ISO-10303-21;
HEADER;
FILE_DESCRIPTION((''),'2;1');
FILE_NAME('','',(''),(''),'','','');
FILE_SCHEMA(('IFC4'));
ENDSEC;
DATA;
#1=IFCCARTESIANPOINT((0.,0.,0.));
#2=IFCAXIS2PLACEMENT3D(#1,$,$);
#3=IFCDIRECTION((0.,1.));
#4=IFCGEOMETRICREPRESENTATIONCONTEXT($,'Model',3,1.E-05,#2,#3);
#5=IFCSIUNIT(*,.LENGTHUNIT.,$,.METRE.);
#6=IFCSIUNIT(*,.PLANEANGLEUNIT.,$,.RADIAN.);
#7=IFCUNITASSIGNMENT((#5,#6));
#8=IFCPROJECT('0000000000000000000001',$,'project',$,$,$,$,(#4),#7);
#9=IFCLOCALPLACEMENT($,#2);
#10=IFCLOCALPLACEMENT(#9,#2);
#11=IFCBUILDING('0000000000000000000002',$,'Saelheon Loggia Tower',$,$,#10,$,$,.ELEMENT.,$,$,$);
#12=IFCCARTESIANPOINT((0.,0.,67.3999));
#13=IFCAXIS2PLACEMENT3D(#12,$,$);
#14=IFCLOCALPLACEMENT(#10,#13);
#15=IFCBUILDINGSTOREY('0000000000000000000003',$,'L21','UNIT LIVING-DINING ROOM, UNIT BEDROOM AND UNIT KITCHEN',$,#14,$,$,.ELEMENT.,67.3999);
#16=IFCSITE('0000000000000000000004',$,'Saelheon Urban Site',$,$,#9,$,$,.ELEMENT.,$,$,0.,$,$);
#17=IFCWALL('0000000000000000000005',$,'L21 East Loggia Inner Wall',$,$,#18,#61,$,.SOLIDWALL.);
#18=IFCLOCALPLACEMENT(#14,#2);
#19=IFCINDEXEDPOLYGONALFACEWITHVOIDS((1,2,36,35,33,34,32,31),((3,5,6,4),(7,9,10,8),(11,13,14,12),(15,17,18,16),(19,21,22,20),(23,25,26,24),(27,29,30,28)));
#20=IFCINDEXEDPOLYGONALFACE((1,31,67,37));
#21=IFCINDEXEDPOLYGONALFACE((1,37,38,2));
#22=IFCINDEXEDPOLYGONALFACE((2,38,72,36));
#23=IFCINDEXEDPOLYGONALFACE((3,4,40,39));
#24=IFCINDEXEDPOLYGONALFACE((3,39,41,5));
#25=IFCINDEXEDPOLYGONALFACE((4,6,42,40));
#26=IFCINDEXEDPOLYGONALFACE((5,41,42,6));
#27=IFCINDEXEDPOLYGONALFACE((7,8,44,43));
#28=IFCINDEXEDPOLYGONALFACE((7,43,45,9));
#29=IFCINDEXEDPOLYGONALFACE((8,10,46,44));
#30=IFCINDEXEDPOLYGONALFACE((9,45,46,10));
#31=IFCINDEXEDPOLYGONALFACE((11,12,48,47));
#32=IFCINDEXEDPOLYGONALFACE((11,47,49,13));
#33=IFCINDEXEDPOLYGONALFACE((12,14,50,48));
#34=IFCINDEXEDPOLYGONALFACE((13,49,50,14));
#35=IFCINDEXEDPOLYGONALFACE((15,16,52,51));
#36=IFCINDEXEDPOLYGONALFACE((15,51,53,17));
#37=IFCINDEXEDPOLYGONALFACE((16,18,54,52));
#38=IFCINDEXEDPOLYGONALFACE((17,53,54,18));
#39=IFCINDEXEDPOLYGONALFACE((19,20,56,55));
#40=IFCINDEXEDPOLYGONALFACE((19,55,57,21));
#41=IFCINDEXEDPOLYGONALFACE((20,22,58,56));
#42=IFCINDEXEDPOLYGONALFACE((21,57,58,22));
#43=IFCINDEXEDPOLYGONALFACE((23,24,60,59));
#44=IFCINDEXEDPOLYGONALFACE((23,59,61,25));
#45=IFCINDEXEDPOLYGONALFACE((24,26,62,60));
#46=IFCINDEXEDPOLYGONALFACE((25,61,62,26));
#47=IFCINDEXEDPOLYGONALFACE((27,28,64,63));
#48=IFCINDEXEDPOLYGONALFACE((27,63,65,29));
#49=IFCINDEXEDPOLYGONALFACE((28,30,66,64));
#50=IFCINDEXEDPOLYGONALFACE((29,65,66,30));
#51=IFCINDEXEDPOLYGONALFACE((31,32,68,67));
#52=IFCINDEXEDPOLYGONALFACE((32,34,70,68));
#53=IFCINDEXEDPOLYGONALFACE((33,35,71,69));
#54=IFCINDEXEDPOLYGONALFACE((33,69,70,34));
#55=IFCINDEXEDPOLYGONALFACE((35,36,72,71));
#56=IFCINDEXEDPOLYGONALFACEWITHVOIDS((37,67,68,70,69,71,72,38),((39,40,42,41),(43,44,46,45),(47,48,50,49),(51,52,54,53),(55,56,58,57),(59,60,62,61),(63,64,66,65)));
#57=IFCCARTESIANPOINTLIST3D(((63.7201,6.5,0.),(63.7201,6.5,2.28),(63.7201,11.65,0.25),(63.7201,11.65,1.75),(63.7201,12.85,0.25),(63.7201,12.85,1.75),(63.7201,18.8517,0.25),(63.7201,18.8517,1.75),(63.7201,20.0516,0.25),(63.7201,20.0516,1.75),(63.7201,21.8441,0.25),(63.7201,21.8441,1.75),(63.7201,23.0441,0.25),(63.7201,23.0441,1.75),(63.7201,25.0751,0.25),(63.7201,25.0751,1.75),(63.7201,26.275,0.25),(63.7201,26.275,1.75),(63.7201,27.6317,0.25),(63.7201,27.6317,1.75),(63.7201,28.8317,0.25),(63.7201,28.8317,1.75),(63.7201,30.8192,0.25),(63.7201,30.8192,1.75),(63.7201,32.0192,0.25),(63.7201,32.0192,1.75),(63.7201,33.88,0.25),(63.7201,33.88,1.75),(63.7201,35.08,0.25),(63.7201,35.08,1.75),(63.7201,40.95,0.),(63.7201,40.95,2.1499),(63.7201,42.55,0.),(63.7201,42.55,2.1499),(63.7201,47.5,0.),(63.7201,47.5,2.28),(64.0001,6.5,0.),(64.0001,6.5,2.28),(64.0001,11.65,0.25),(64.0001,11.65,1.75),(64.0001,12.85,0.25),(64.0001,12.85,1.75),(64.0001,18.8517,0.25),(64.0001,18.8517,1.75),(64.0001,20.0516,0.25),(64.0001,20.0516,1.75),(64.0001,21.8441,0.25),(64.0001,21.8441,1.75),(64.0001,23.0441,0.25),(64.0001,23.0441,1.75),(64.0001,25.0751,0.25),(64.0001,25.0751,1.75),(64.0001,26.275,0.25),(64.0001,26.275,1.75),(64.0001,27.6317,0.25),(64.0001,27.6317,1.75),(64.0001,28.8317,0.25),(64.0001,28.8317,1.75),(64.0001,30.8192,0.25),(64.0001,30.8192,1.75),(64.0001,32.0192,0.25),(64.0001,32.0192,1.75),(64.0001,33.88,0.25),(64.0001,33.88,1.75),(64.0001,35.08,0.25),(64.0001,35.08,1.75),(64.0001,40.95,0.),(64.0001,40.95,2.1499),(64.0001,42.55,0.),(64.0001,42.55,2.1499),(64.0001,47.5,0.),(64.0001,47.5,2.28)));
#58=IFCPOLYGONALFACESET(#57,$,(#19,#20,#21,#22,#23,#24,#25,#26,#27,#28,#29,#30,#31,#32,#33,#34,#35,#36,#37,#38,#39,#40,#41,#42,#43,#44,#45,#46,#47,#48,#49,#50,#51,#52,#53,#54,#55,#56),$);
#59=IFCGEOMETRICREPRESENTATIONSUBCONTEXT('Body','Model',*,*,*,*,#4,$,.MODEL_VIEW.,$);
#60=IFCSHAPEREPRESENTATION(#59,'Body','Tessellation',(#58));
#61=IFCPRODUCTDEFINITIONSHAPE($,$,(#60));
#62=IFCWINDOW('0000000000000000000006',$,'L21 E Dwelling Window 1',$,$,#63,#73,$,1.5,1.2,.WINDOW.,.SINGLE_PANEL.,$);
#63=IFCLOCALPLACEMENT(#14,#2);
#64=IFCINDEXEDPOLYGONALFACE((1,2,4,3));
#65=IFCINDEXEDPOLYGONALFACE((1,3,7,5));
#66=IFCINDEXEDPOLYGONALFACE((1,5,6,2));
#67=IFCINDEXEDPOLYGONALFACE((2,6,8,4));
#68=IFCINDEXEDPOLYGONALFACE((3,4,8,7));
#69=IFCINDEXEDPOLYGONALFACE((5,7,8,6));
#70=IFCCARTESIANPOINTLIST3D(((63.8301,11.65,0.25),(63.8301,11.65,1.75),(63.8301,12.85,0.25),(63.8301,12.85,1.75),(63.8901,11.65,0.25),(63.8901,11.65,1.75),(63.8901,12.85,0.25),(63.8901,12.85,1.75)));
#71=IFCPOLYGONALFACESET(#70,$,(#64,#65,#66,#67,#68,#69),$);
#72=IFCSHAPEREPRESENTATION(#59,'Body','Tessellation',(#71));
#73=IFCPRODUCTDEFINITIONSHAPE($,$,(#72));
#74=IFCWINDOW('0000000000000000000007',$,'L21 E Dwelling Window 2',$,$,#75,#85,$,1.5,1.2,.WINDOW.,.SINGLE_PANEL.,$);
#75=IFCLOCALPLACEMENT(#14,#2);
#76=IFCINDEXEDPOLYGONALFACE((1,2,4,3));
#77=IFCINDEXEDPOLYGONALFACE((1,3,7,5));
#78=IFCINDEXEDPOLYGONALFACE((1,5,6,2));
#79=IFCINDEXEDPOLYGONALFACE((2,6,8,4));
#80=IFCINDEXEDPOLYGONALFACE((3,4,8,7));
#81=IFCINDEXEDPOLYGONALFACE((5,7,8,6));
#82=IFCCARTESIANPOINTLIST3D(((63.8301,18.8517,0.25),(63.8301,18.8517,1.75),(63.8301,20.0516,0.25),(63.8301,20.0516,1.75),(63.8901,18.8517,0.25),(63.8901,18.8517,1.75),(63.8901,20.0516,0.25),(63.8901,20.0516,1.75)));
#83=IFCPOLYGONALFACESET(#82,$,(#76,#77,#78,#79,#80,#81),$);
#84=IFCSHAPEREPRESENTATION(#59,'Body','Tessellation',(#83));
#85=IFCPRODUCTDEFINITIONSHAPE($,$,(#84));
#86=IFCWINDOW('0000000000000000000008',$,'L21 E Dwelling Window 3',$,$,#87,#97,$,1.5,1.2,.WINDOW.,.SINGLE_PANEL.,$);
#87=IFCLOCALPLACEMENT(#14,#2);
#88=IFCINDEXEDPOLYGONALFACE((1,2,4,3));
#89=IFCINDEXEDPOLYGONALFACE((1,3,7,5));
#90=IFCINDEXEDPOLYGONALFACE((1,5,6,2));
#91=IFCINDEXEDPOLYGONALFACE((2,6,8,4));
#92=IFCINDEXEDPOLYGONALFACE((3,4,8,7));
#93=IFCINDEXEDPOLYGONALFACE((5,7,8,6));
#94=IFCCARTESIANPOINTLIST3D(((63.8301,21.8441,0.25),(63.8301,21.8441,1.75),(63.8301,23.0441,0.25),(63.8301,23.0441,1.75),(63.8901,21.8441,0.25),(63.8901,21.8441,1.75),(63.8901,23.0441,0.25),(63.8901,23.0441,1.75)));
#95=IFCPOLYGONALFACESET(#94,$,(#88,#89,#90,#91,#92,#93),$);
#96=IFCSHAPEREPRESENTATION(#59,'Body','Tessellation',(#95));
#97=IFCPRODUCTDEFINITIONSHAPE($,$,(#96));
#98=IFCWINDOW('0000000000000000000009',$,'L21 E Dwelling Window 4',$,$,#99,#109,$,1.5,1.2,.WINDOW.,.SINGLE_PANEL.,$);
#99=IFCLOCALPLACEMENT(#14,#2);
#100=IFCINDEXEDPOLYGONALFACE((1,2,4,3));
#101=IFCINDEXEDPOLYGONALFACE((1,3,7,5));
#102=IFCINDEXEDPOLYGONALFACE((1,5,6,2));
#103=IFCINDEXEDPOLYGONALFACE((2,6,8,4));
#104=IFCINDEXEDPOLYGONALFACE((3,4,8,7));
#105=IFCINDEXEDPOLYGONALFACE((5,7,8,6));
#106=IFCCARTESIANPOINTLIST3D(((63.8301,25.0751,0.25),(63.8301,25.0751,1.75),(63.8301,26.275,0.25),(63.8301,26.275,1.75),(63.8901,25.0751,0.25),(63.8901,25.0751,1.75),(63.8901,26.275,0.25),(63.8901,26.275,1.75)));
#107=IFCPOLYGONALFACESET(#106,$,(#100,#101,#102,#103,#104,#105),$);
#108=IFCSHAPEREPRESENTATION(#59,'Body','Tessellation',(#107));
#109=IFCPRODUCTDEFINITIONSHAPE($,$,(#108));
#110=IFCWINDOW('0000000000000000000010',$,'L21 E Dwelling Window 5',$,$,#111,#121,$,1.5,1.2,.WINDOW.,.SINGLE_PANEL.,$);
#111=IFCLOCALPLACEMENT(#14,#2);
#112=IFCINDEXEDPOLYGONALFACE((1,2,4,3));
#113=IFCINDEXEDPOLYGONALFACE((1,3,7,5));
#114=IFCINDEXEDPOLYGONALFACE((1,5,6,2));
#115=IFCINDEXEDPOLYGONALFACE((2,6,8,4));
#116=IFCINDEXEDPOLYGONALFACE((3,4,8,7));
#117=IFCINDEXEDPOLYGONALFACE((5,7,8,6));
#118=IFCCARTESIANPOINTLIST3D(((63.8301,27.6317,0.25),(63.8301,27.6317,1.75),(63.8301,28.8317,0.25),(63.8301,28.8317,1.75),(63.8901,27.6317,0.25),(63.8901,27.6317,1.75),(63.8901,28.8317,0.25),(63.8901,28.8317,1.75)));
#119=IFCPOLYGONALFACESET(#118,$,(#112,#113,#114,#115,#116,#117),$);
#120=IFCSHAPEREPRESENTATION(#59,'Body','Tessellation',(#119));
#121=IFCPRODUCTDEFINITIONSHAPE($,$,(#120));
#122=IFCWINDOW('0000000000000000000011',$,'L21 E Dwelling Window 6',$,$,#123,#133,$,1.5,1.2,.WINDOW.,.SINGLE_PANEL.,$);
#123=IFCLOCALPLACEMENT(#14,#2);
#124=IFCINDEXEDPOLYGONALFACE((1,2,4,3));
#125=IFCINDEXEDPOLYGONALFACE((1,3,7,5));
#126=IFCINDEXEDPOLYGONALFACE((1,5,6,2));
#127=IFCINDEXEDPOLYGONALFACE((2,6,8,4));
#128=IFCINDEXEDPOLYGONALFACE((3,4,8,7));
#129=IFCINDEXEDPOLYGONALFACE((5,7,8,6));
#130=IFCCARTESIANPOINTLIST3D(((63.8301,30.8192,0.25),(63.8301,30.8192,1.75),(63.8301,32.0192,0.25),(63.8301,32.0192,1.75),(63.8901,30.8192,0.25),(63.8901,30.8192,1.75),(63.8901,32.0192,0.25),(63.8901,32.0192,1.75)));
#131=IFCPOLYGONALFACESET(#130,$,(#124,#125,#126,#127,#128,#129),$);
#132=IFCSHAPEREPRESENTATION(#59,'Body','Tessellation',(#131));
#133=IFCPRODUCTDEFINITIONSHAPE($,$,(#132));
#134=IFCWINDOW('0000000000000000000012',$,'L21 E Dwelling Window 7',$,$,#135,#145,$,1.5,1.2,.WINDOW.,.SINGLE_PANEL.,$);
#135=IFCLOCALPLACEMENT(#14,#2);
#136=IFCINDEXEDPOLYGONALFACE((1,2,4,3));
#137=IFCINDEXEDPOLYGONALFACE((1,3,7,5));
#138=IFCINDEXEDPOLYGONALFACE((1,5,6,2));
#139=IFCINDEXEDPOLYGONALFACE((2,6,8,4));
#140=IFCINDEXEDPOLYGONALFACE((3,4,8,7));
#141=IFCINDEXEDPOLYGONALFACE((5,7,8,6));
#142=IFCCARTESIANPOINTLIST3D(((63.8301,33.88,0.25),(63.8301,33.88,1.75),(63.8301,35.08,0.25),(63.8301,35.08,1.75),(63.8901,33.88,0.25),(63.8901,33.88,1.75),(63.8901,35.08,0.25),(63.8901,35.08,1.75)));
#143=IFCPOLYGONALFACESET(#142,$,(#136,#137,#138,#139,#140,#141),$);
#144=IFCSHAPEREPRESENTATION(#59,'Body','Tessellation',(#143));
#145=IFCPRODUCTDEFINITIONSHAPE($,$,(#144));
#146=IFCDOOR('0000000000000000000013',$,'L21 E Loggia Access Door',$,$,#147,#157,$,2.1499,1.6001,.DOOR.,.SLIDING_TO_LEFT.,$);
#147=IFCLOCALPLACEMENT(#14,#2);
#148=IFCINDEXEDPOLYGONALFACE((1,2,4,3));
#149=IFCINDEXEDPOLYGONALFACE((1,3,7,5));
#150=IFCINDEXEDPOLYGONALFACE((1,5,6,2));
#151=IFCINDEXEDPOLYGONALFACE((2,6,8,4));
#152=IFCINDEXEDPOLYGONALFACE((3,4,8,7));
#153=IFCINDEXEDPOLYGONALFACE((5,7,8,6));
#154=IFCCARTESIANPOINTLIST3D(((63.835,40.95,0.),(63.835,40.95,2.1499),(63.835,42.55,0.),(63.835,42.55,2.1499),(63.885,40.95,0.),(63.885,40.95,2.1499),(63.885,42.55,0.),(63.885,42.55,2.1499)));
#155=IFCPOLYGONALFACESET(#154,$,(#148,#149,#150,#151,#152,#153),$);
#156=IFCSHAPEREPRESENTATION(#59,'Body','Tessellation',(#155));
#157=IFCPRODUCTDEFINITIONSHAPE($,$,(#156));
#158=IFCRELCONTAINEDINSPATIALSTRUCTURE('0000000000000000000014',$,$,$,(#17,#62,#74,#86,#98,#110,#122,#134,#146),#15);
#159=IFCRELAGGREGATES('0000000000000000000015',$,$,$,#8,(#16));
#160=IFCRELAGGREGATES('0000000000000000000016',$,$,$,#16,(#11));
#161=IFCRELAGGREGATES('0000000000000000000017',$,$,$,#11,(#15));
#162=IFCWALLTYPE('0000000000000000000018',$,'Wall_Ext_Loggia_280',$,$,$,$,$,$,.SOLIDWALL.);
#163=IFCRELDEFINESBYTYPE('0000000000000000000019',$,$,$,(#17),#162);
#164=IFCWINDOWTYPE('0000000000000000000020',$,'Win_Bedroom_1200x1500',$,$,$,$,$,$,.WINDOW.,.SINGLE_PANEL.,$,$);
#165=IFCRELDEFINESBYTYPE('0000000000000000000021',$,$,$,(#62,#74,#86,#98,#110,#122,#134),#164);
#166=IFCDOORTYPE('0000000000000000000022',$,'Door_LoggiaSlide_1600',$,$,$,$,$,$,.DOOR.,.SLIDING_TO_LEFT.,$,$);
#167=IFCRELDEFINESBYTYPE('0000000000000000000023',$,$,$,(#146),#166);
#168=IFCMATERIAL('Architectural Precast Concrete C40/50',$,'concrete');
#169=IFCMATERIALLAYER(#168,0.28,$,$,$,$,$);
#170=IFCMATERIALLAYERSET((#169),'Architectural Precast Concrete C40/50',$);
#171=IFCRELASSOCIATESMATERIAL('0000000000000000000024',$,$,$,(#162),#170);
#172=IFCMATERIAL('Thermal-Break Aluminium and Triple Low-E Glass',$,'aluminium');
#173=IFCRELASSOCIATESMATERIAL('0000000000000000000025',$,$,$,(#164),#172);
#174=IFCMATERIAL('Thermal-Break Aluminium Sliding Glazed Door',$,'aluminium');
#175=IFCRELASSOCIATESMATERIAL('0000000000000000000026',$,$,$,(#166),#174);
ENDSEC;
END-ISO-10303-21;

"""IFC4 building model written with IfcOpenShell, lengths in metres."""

from ifc_helpers import new_model, si_unit, direction, frame, frame_2d, origin, place, context, subcontext, project, spatial, rectangle, extrude, source, transform, mapped, material, layer, layer_set, type_object, element, fill, save


model = new_model("IFC4")

# Units and contexts
model_context = context("Model", 3, precision=1e-05, world=origin(), true_north=direction((0.0, 1.0)))
body_context = subcontext(model_context, "Body", "Model", "MODEL_VIEW")
ifc_project = project(units=[si_unit("LENGTHUNIT", "METRE"), si_unit("PLANEANGLEUNIT", "RADIAN")], contexts=[model_context])

# Site, building, storey
site_placement = place(None, origin())
site = spatial("IfcSite", under=ifc_project, at=site_placement, Name="Saelheon Urban Site", CompositionType="ELEMENT", RefElevation=0.0)
building_placement = place(site_placement, origin())
building = spatial("IfcBuilding", under=site, at=building_placement, Name="Saelheon Loggia Tower", CompositionType="ELEMENT")
storey_placement = place(building_placement, frame((0.0, 0.0, 67.3999)))
storey = spatial("IfcBuildingStorey", under=building, at=storey_placement, Name="L21", Description="UNIT LIVING-DINING ROOM, UNIT BEDROOM AND UNIT KITCHEN", CompositionType="ELEMENT", Elevation=67.3999)

# Wall, openings, windows, door
ifc_material_1 = material(Name="Architectural Precast Concrete C40/50", Category="concrete")
ifc_layer_1 = layer(ifc_material_1, 0.28)
ifc_layer_set_1 = layer_set([ifc_layer_1], Name="Architectural Precast Concrete C40/50")
wall_type_1 = type_object("IfcWallType", Name="Wall_Ext_Loggia_280", PredefinedType="SOLIDWALL", material=ifc_layer_set_1)
wall_1_placement = place(storey_placement, frame((63.8601, 6.5, 0.0), z_axis=(0.0, 0.0, 1.0), x_axis=(0.0, 1.0, 0.0)))
wall_1 = element("IfcWall", 1, at=wall_1_placement, inside=storey, type_object=wall_type_1, Name="L21 East Loggia Inner Wall", PredefinedType="SOLIDWALL", context=body_context, shape_type="SweptSolid", body=[
    extrude(rectangle(XDim=41.0, YDim=0.28, at=frame_2d((20.5, 0.0))), origin(), (0.0, 0.0, 1.0), 2.28),
])
opening_1_placement = place(wall_1_placement, frame((5.1499, 0.0, 0.25)))
opening_1 = element("IfcOpeningElement", 2, at=opening_1_placement, cuts=wall_1, PredefinedType="OPENING", context=body_context, shape_type="SweptSolid", body=[
    extrude(rectangle(XDim=1.2, YDim=1.5, at=frame_2d((0.6001, 0.75))), frame((0.0, 0.1521, 0.0), z_axis=(0.0, -1.0, 0.0), x_axis=(1.0, 0.0, 0.0)), (0.0, 0.0, 1.0), 0.304),
])
opening_2_placement = place(wall_1_placement, frame((12.3516, 0.0, 0.25)))
opening_2 = element("IfcOpeningElement", 3, at=opening_2_placement, cuts=wall_1, PredefinedType="OPENING", context=body_context, shape_type="SweptSolid", body=[
    extrude(rectangle(XDim=1.2, YDim=1.5, at=frame_2d((0.6001, 0.75))), frame((0.0, 0.1521, 0.0), z_axis=(0.0, -1.0, 0.0), x_axis=(1.0, 0.0, 0.0)), (0.0, 0.0, 1.0), 0.304),
])
opening_3_placement = place(wall_1_placement, frame((15.344, 0.0, 0.25)))
opening_3 = element("IfcOpeningElement", 4, at=opening_3_placement, cuts=wall_1, PredefinedType="OPENING", context=body_context, shape_type="SweptSolid", body=[
    extrude(rectangle(XDim=1.2, YDim=1.5, at=frame_2d((0.6001, 0.75))), frame((0.0, 0.1521, 0.0), z_axis=(0.0, -1.0, 0.0), x_axis=(1.0, 0.0, 0.0)), (0.0, 0.0, 1.0), 0.304),
])
opening_4_placement = place(wall_1_placement, frame((18.575, 0.0, 0.25)))
opening_4 = element("IfcOpeningElement", 5, at=opening_4_placement, cuts=wall_1, PredefinedType="OPENING", context=body_context, shape_type="SweptSolid", body=[
    extrude(rectangle(XDim=1.2, YDim=1.5, at=frame_2d((0.6001, 0.75))), frame((0.0, 0.1521, 0.0), z_axis=(0.0, -1.0, 0.0), x_axis=(1.0, 0.0, 0.0)), (0.0, 0.0, 1.0), 0.304),
])
opening_5_placement = place(wall_1_placement, frame((21.1316, 0.0, 0.25)))
opening_5 = element("IfcOpeningElement", 6, at=opening_5_placement, cuts=wall_1, PredefinedType="OPENING", context=body_context, shape_type="SweptSolid", body=[
    extrude(rectangle(XDim=1.2, YDim=1.5, at=frame_2d((0.6001, 0.75))), frame((0.0, 0.1521, 0.0), z_axis=(0.0, -1.0, 0.0), x_axis=(1.0, 0.0, 0.0)), (0.0, 0.0, 1.0), 0.304),
])
opening_6_placement = place(wall_1_placement, frame((24.3191, 0.0, 0.25)))
opening_6 = element("IfcOpeningElement", 7, at=opening_6_placement, cuts=wall_1, PredefinedType="OPENING", context=body_context, shape_type="SweptSolid", body=[
    extrude(rectangle(XDim=1.2, YDim=1.5, at=frame_2d((0.6001, 0.75))), frame((0.0, 0.1521, 0.0), z_axis=(0.0, -1.0, 0.0), x_axis=(1.0, 0.0, 0.0)), (0.0, 0.0, 1.0), 0.304),
])
opening_7_placement = place(wall_1_placement, frame((27.3799, 0.0, 0.25)))
opening_7 = element("IfcOpeningElement", 8, at=opening_7_placement, cuts=wall_1, PredefinedType="OPENING", context=body_context, shape_type="SweptSolid", body=[
    extrude(rectangle(XDim=1.2, YDim=1.5, at=frame_2d((0.6001, 0.75))), frame((0.0, 0.1521, 0.0), z_axis=(0.0, -1.0, 0.0), x_axis=(1.0, 0.0, 0.0)), (0.0, 0.0, 1.0), 0.304),
])
opening_8_placement = place(wall_1_placement, frame((36.05, 0.0, 0.0), z_axis=(0.0, 0.0, 1.0), x_axis=(-1.0, 0.0, 0.0)))
opening_8 = element("IfcOpeningElement", 9, at=opening_8_placement, cuts=wall_1, PredefinedType="OPENING", context=body_context, shape_type="SweptSolid", body=[
    extrude(rectangle(XDim=1.6001, YDim=2.1499, at=frame_2d((0.8, 1.075))), frame((0.0, 0.1521, 0.0), z_axis=(0.0, -1.0, 0.0), x_axis=(1.0, 0.0, 0.0)), (0.0, 0.0, 1.0), 0.304),
])
ifc_material_2 = material(Name="Thermal-Break Aluminium and Triple Low-E Glass", Category="aluminium")
window_type = type_object("IfcWindowType", Name="Win_Bedroom_1200x1500", PartitioningType="SINGLE_PANEL", PredefinedType="WINDOW", material=ifc_material_2)
shared_shape_1 = source(origin(), body_context, "Body", "SweptSolid", [
    extrude(rectangle(XDim=1.2, YDim=1.5, at=frame_2d((0.6001, 0.75))), frame((0.0, 0.03, 0.0), z_axis=(0.0, -1.0, 0.0), x_axis=(1.0, 0.0, 0.0)), (0.0, 0.0, 1.0), 0.0601),
])
window_1_placement = place(opening_1_placement, origin())
window_1 = element("IfcWindow", 10, at=window_1_placement, inside=storey, type_object=window_type, Name="L21 E Dwelling Window 1", OverallHeight=1.5, OverallWidth=1.2, PartitioningType="SINGLE_PANEL", PredefinedType="WINDOW", context=body_context, shape_type="MappedRepresentation", body=[
    mapped(shared_shape_1, transform((0.0, 0.0, 0.0), scale=1.0)),
])
fill(opening_1, window_1)
window_2_placement = place(opening_2_placement, origin())
window_2 = element("IfcWindow", 11, at=window_2_placement, inside=storey, type_object=window_type, Name="L21 E Dwelling Window 2", OverallHeight=1.5, OverallWidth=1.2, PartitioningType="SINGLE_PANEL", PredefinedType="WINDOW", context=body_context, shape_type="MappedRepresentation", body=[
    mapped(shared_shape_1, transform((0.0, 0.0, 0.0), scale=1.0)),
])
fill(opening_2, window_2)
window_3_placement = place(opening_3_placement, origin())
window_3 = element("IfcWindow", 12, at=window_3_placement, inside=storey, type_object=window_type, Name="L21 E Dwelling Window 3", OverallHeight=1.5, OverallWidth=1.2, PartitioningType="SINGLE_PANEL", PredefinedType="WINDOW", context=body_context, shape_type="MappedRepresentation", body=[
    mapped(shared_shape_1, transform((0.0, 0.0, 0.0), scale=1.0)),
])
fill(opening_3, window_3)
window_4_placement = place(opening_4_placement, origin())
window_4 = element("IfcWindow", 13, at=window_4_placement, inside=storey, type_object=window_type, Name="L21 E Dwelling Window 4", OverallHeight=1.5, OverallWidth=1.2, PartitioningType="SINGLE_PANEL", PredefinedType="WINDOW", context=body_context, shape_type="MappedRepresentation", body=[
    mapped(shared_shape_1, transform((0.0, 0.0, 0.0), scale=1.0)),
])
fill(opening_4, window_4)
window_5_placement = place(opening_5_placement, origin())
window_5 = element("IfcWindow", 14, at=window_5_placement, inside=storey, type_object=window_type, Name="L21 E Dwelling Window 5", OverallHeight=1.5, OverallWidth=1.2, PartitioningType="SINGLE_PANEL", PredefinedType="WINDOW", context=body_context, shape_type="MappedRepresentation", body=[
    mapped(shared_shape_1, transform((0.0, 0.0, 0.0), scale=1.0)),
])
fill(opening_5, window_5)
window_6_placement = place(opening_6_placement, origin())
window_6 = element("IfcWindow", 15, at=window_6_placement, inside=storey, type_object=window_type, Name="L21 E Dwelling Window 6", OverallHeight=1.5, OverallWidth=1.2, PartitioningType="SINGLE_PANEL", PredefinedType="WINDOW", context=body_context, shape_type="MappedRepresentation", body=[
    mapped(shared_shape_1, transform((0.0, 0.0, 0.0), scale=1.0)),
])
fill(opening_6, window_6)
window_7_placement = place(opening_7_placement, origin())
window_7 = element("IfcWindow", 16, at=window_7_placement, inside=storey, type_object=window_type, Name="L21 E Dwelling Window 7", OverallHeight=1.5, OverallWidth=1.2, PartitioningType="SINGLE_PANEL", PredefinedType="WINDOW", context=body_context, shape_type="MappedRepresentation", body=[
    mapped(shared_shape_1, transform((0.0, 0.0, 0.0), scale=1.0)),
])
fill(opening_7, window_7)
ifc_material_3 = material(Name="Thermal-Break Aluminium Sliding Glazed Door", Category="aluminium")
door_type_1 = type_object("IfcDoorType", Name="Door_LoggiaSlide_1600", OperationType="SLIDING_TO_LEFT", PredefinedType="DOOR", material=ifc_material_3)
shared_shape_2 = source(origin(), body_context, "Body", "SweptSolid", [
    extrude(rectangle(XDim=1.6001, YDim=2.1499, at=frame_2d((0.8, 1.075))), frame((0.0, 0.0249, 0.0), z_axis=(0.0, -1.0, 0.0), x_axis=(1.0, 0.0, 0.0)), (0.0, 0.0, 1.0), 0.05),
])
door_1_placement = place(opening_8_placement, origin())
door_1 = element("IfcDoor", 17, at=door_1_placement, inside=storey, type_object=door_type_1, Name="L21 E Loggia Access Door", OperationType="SLIDING_TO_LEFT", OverallHeight=2.1499, OverallWidth=1.6001, PredefinedType="DOOR", context=body_context, shape_type="MappedRepresentation", body=[
    mapped(shared_shape_2, transform((0.0, 0.0, 0.0), scale=1.0)),
])
fill(opening_8, door_1)

save(model, "model.ifc")
